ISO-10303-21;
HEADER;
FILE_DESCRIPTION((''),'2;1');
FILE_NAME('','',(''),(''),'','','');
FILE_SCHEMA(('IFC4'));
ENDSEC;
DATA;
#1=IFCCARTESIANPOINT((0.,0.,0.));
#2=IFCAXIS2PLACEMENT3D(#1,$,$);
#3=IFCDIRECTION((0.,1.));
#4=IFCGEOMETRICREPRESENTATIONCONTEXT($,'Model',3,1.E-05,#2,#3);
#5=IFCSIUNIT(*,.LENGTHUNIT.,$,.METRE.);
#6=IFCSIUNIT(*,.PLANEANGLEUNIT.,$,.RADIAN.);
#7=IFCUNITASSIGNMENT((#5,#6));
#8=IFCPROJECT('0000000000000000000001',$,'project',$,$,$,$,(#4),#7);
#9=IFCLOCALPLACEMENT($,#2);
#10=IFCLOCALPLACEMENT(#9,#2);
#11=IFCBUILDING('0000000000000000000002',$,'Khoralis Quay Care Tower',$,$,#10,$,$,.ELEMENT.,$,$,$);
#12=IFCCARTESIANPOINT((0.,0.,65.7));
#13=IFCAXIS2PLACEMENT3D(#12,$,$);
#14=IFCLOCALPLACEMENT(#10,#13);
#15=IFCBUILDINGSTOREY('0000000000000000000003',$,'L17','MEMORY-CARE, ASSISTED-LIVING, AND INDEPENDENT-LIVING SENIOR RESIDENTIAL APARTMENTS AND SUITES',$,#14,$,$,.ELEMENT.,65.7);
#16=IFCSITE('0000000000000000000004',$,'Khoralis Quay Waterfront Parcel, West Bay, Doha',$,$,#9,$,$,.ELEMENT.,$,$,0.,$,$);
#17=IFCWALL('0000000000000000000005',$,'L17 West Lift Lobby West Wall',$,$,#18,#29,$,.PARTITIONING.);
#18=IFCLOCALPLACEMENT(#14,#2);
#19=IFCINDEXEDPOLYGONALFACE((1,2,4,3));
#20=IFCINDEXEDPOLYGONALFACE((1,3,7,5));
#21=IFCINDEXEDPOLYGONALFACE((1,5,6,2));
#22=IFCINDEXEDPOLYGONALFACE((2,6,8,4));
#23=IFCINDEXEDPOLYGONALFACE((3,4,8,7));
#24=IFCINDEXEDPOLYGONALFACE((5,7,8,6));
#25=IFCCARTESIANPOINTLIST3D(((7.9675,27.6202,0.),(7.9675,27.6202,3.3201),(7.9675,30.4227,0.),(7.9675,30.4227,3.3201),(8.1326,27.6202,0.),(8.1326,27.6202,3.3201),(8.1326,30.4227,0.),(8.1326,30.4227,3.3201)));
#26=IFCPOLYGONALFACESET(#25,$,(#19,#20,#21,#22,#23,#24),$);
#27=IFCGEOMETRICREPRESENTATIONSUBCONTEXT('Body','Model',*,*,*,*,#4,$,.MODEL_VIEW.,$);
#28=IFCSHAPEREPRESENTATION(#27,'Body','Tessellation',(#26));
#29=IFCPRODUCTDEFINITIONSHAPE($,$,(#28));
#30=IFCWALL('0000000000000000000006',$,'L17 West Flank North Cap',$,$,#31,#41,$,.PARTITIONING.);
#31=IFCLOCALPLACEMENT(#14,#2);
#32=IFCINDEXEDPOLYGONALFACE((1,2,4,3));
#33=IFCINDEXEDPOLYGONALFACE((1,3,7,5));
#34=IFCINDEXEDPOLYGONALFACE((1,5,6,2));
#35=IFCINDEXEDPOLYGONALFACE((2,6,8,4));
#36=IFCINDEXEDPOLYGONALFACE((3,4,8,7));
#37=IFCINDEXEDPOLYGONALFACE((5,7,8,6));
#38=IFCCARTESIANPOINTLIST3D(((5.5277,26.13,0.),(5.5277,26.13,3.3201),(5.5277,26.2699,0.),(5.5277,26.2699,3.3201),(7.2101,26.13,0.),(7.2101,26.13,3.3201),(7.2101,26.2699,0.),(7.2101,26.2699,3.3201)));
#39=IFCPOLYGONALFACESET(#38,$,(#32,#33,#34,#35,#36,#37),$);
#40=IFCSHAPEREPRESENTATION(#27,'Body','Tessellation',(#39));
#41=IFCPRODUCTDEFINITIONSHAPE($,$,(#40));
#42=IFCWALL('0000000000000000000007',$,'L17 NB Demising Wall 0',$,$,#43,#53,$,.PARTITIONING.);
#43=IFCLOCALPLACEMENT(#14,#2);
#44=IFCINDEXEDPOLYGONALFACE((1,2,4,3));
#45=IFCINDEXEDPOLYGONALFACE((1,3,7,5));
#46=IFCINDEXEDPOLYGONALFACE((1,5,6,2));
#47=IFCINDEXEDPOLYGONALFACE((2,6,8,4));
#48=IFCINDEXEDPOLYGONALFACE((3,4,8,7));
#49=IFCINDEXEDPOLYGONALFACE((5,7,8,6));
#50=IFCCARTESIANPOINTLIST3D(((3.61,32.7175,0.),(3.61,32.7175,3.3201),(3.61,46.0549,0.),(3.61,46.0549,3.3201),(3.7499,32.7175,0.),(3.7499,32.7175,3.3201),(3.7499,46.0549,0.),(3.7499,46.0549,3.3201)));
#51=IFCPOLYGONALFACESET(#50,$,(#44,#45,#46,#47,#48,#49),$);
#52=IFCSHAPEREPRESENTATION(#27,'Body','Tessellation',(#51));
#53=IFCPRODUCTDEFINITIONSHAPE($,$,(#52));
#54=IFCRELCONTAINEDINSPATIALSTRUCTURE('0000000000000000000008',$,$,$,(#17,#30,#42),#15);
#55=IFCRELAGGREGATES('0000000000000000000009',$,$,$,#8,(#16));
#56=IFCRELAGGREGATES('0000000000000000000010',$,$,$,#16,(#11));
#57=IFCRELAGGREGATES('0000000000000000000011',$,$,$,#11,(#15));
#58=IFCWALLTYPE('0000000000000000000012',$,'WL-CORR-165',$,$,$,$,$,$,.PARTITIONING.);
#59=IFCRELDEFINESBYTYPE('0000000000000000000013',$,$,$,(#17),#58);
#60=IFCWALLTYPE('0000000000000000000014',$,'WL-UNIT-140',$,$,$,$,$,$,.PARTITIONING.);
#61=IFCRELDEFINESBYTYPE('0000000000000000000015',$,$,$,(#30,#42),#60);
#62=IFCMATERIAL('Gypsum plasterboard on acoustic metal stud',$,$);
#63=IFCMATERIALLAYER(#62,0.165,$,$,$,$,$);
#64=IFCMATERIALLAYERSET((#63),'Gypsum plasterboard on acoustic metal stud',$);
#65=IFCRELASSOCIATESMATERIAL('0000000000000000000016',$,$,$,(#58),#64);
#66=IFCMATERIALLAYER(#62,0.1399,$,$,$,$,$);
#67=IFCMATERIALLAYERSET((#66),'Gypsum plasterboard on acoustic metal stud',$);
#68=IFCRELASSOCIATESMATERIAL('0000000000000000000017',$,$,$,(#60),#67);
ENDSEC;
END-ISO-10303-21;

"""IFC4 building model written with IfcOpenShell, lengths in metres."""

from ifc_helpers import new_model, si_unit, direction, frame, frame_2d, origin, place, context, subcontext, project, spatial, rectangle, extrude, material, layer, layer_set, type_object, element, save


model = new_model("IFC4")

# Units and contexts
model_context = context("Model", 3, precision=1e-05, world=origin(), true_north=direction((0.0, 1.0)))
body_context = subcontext(model_context, "Body", "Model", "MODEL_VIEW")
ifc_project = project(units=[si_unit("LENGTHUNIT", "METRE"), si_unit("PLANEANGLEUNIT", "RADIAN")], contexts=[model_context])

# Site, building, storey
site_placement = place(None, origin())
site = spatial("IfcSite", under=ifc_project, at=site_placement, Name="Khoralis Quay Waterfront Parcel, West Bay, Doha", CompositionType="ELEMENT", RefElevation=0.0)
building_placement = place(site_placement, origin())
building = spatial("IfcBuilding", under=site, at=building_placement, Name="Khoralis Quay Care Tower", CompositionType="ELEMENT")
storey_placement = place(building_placement, frame((0.0, 0.0, 65.7)))
storey = spatial("IfcBuildingStorey", under=building, at=storey_placement, Name="L17", Description="MEMORY-CARE, ASSISTED-LIVING, AND INDEPENDENT-LIVING SENIOR RESIDENTIAL APARTMENTS AND SUITES", CompositionType="ELEMENT", Elevation=65.7)

# Shared definitions
ifc_material_1 = material(Name="Gypsum plasterboard on acoustic metal stud")
ifc_layer_1 = layer(ifc_material_1, 0.165)
ifc_layer_set_1 = layer_set([ifc_layer_1], Name="Gypsum plasterboard on acoustic metal stud")
wall_type_1 = type_object("IfcWallType", Name="WL-CORR-165", PredefinedType="PARTITIONING", material=ifc_layer_set_1)

# Walls
wall_1_placement = place(storey_placement, frame((8.05, 27.6201, 0.0), z_axis=(0.0, 0.0, 1.0), x_axis=(0.0, 1.0, 0.0)))
element("IfcWall", 1, at=wall_1_placement, inside=storey, type_object=wall_type_1, Name="L17 West Lift Lobby West Wall", PredefinedType="PARTITIONING", context=body_context, shape_type="SweptSolid", body=[
    extrude(rectangle(XDim=2.8025, YDim=0.165, at=frame_2d((1.4014, 0.0))), origin(), (0.0, 0.0, 1.0), 3.3201),
])
ifc_layer_2 = layer(ifc_material_1, 0.1399)
ifc_layer_set_2 = layer_set([ifc_layer_2], Name="Gypsum plasterboard on acoustic metal stud")
wall_type_2 = type_object("IfcWallType", Name="WL-UNIT-140", PredefinedType="PARTITIONING", material=ifc_layer_set_2)
wall_2_placement = place(storey_placement, frame((5.5276, 26.2, 0.0), z_axis=(0.0, 0.0, 1.0), x_axis=(1.0, 0.0, 0.0)))
element("IfcWall", 2, at=wall_2_placement, inside=storey, type_object=wall_type_2, Name="L17 West Flank North Cap", PredefinedType="PARTITIONING", context=body_context, shape_type="SweptSolid", body=[
    extrude(rectangle(XDim=1.6824, YDim=0.1399, at=frame_2d((0.8413, 0.0))), origin(), (0.0, 0.0, 1.0), 3.3201),
])
wall_3_placement = place(storey_placement, frame((3.6799, 32.7175, 0.0), z_axis=(0.0, 0.0, 1.0), x_axis=(0.0, 1.0, 0.0)))
element("IfcWall", 3, at=wall_3_placement, inside=storey, type_object=wall_type_2, Name="L17 NB Demising Wall 0", PredefinedType="PARTITIONING", context=body_context, shape_type="SweptSolid", body=[
    extrude(rectangle(XDim=13.3374, YDim=0.1399, at=frame_2d((6.6687, 0.0))), origin(), (0.0, 0.0, 1.0), 3.3201),
])

save(model, "model.ifc")
